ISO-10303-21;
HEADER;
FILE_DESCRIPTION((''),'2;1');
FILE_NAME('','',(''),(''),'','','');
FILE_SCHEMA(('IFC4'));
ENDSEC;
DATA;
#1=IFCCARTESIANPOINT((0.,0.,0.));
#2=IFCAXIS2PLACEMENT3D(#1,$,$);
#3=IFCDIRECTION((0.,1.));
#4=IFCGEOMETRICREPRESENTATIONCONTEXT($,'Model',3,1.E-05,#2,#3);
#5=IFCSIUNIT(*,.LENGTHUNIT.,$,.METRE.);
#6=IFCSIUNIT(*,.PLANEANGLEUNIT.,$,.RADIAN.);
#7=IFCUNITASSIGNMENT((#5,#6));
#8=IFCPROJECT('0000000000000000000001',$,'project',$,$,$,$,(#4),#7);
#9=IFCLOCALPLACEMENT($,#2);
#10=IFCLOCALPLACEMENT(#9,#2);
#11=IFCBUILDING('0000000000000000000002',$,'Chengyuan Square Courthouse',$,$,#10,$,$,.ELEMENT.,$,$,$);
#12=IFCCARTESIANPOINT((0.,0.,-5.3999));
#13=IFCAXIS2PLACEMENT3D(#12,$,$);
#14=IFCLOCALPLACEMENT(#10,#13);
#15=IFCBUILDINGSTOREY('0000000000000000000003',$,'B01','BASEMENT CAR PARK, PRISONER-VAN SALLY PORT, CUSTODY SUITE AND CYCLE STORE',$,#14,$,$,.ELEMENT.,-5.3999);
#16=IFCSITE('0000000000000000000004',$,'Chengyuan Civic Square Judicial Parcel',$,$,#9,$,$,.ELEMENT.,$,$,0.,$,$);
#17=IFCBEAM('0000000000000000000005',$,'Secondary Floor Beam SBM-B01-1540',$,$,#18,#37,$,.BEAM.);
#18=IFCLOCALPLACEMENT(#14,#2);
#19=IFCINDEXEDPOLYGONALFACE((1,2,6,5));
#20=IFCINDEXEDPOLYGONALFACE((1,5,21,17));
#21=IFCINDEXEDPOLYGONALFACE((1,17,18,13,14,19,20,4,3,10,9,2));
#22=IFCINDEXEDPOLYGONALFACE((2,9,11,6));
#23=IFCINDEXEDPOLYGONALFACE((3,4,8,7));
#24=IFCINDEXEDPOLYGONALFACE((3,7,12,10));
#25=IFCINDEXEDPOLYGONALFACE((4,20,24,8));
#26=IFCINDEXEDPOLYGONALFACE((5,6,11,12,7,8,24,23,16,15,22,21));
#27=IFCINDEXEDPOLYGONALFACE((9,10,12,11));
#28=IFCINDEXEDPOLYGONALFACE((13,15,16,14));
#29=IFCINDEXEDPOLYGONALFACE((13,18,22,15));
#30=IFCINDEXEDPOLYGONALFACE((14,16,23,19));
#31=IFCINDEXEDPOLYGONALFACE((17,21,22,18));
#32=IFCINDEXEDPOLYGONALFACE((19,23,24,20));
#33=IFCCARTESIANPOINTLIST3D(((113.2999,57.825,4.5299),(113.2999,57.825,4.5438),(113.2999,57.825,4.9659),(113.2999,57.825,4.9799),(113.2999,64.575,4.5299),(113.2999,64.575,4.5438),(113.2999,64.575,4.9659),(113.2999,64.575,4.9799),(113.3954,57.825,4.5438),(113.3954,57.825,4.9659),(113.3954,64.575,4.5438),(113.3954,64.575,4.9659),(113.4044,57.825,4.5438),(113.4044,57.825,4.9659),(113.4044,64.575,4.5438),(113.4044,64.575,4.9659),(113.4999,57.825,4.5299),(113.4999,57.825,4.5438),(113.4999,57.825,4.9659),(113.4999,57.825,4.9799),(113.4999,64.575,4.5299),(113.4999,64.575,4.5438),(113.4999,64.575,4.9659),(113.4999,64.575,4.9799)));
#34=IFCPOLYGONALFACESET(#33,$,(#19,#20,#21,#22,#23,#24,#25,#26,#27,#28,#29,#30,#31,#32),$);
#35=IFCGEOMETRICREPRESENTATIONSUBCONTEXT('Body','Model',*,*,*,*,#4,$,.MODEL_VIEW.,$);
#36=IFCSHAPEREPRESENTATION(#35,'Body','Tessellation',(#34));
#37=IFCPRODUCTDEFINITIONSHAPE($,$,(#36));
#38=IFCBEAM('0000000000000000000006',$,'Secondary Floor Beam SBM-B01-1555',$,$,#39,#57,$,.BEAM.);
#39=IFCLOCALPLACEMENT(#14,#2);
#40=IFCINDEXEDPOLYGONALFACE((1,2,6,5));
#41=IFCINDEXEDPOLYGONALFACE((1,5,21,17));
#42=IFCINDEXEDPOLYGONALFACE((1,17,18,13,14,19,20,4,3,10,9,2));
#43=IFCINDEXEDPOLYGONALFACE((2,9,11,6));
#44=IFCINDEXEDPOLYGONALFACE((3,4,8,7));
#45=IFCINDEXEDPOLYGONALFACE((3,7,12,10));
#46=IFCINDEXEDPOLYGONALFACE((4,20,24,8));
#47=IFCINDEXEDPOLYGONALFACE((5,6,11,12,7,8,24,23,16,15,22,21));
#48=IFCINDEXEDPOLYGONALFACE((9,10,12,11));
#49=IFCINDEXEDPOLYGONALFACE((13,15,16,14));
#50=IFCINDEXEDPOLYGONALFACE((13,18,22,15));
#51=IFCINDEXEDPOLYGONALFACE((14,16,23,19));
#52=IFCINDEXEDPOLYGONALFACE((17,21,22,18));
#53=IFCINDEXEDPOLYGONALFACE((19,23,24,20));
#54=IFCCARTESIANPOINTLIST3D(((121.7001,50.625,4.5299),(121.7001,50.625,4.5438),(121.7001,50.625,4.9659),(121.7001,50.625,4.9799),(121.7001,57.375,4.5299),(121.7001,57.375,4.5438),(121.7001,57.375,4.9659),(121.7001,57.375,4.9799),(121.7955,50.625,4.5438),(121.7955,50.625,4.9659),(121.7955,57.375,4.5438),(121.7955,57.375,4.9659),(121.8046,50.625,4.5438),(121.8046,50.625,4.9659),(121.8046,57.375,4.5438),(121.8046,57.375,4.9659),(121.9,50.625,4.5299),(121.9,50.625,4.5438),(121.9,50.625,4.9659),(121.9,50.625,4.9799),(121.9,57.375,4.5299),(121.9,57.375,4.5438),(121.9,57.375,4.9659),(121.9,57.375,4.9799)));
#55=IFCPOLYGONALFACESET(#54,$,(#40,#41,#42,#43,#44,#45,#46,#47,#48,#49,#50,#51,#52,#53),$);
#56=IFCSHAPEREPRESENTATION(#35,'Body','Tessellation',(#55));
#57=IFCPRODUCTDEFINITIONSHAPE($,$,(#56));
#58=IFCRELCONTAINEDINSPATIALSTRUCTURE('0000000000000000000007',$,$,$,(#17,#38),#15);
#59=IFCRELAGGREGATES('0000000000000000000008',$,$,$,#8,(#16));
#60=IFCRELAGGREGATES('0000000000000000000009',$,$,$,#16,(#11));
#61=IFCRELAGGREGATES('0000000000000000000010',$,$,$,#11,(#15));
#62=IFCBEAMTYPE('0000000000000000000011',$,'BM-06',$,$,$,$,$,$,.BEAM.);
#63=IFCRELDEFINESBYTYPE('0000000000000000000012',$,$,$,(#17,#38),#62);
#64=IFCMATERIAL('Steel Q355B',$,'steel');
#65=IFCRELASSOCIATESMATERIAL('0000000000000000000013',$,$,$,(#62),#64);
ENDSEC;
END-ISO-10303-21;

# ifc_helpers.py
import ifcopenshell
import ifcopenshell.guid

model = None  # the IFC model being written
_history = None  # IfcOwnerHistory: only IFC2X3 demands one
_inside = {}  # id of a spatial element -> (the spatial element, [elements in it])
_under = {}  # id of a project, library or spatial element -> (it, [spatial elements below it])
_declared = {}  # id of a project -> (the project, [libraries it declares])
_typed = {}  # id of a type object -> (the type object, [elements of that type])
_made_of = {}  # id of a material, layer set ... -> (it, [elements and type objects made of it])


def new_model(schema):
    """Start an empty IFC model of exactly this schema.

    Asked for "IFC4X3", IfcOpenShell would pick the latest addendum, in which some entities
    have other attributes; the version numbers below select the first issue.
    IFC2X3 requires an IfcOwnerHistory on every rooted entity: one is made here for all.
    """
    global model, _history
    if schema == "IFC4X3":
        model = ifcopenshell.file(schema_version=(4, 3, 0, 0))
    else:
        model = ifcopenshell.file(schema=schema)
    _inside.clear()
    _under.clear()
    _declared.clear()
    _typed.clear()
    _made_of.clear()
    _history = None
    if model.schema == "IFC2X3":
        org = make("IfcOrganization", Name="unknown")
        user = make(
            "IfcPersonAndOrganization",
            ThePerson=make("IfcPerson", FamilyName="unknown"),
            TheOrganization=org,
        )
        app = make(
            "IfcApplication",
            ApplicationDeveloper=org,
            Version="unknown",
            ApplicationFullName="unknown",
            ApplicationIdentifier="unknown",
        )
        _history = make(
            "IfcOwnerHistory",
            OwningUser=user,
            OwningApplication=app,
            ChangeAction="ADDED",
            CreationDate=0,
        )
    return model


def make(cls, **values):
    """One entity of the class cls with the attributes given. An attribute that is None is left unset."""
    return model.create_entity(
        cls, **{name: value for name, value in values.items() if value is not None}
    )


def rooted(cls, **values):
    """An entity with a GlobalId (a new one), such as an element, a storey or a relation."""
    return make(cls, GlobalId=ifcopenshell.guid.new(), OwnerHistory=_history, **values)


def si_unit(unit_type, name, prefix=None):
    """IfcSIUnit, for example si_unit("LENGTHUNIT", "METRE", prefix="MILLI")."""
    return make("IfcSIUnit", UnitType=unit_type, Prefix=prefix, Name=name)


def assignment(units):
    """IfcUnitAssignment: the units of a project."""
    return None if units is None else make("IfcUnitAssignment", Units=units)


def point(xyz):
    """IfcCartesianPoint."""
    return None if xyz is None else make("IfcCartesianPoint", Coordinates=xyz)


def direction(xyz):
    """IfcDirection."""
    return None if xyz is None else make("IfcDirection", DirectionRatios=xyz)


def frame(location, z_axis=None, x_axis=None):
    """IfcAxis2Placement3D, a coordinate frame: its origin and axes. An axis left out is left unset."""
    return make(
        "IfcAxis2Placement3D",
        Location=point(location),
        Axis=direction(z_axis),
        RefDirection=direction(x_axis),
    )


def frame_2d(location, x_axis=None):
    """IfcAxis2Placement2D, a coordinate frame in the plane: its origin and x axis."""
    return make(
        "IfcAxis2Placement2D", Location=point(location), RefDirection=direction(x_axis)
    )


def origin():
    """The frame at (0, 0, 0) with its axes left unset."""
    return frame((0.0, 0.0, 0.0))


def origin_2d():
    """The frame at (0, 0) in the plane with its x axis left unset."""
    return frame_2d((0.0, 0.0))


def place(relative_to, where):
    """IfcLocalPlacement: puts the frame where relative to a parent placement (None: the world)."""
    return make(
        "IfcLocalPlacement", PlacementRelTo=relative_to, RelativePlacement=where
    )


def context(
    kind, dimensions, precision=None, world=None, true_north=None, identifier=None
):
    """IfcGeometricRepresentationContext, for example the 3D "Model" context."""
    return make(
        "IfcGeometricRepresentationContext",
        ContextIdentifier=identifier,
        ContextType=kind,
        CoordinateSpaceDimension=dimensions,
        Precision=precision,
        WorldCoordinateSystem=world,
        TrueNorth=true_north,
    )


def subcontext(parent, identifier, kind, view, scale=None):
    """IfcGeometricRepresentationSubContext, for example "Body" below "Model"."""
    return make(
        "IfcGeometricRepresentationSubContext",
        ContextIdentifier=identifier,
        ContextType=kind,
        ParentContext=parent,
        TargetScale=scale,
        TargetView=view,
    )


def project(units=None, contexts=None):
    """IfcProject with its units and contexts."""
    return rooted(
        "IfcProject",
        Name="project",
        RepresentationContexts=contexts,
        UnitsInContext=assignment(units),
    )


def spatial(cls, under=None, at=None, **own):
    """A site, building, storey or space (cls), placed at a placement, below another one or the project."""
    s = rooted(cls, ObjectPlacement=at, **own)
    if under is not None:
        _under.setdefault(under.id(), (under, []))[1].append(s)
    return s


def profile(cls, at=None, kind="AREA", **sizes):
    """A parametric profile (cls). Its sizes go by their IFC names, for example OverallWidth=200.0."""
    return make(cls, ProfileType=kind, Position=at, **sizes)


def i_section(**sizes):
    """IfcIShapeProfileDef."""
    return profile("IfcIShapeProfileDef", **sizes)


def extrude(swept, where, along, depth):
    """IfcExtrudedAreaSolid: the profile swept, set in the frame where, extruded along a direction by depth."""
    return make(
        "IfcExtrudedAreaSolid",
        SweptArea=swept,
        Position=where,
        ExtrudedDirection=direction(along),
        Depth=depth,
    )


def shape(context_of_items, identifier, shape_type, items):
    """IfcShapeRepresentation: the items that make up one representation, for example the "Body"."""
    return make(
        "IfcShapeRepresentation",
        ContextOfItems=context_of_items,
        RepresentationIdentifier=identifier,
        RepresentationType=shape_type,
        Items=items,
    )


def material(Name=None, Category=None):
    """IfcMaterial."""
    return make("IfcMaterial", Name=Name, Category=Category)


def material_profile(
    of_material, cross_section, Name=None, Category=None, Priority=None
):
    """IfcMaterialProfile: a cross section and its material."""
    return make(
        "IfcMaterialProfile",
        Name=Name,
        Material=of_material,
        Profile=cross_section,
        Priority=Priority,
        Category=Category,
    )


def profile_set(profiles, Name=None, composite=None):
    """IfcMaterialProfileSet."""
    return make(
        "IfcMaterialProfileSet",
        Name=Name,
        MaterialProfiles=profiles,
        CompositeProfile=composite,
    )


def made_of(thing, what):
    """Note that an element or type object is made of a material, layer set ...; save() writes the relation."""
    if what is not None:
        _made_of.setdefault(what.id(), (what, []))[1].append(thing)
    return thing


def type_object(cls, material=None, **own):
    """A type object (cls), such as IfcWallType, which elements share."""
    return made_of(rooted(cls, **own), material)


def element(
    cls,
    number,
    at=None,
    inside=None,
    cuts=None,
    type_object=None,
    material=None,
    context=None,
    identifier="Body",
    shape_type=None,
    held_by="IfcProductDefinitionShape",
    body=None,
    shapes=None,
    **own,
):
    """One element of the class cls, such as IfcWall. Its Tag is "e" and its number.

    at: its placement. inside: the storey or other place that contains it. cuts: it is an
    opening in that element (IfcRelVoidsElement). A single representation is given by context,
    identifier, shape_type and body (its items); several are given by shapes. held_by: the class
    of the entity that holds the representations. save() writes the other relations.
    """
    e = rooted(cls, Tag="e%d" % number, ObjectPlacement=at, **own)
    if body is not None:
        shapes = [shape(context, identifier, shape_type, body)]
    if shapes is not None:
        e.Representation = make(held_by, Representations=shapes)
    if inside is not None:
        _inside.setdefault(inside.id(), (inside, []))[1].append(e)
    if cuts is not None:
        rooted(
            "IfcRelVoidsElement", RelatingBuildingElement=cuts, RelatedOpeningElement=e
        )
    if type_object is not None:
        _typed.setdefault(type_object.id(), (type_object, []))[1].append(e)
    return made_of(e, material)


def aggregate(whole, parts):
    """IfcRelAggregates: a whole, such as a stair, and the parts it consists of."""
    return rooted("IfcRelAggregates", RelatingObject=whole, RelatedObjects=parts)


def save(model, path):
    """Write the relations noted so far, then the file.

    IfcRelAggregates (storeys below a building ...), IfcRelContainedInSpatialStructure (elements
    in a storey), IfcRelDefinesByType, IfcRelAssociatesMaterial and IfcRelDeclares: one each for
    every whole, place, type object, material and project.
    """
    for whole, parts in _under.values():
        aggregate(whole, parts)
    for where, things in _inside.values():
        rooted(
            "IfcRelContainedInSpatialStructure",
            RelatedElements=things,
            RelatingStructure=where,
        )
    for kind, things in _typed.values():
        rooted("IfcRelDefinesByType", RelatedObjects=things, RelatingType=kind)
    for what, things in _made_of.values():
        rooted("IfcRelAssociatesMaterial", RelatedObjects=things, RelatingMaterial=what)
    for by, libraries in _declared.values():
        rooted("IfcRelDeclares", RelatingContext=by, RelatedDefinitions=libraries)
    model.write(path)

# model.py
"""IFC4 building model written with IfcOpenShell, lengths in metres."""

from ifc_helpers import new_model, si_unit, direction, frame, origin, origin_2d, place, context, subcontext, project, spatial, i_section, extrude, material, material_profile, profile_set, type_object, element, save


model = new_model("IFC4")

# Units and contexts
model_context = context("Model", 3, precision=1e-05, world=origin(), true_north=direction((0.0, 1.0)))
body_context = subcontext(model_context, "Body", "Model", "MODEL_VIEW")
ifc_project = project(units=[si_unit("LENGTHUNIT", "METRE"), si_unit("PLANEANGLEUNIT", "RADIAN")], contexts=[model_context])

# Site, building, storey
site_placement = place(None, origin())
site = spatial("IfcSite", under=ifc_project, at=site_placement, Name="Chengyuan Civic Square Judicial Parcel", CompositionType="ELEMENT", RefElevation=0.0)
building_placement = place(site_placement, origin())
building = spatial("IfcBuilding", under=site, at=building_placement, Name="Chengyuan Square Courthouse", CompositionType="ELEMENT")
storey_placement = place(building_placement, frame((0.0, 0.0, -5.3999)))
storey = spatial("IfcBuildingStorey", under=building, at=storey_placement, Name="B01", Description="BASEMENT CAR PARK, PRISONER-VAN SALLY PORT, CUSTODY SUITE AND CYCLE STORE", CompositionType="ELEMENT", Elevation=-5.3999)

# Beams
ifc_material_1 = material(Name="Steel Q355B", Category="steel")
ifc_material_profile_1 = material_profile(ifc_material_1, i_section(OverallWidth=0.2, OverallDepth=0.45, WebThickness=0.009, FlangeThickness=0.0139, at=origin_2d()), Name="HN 450x200x9x14")
ifc_profile_set_1 = profile_set([ifc_material_profile_1], Name="Steel Q355B")
beam_type_1 = type_object("IfcBeamType", Name="BM-06", PredefinedType="BEAM", material=ifc_profile_set_1)
for number, where, z_axis, x_axis, name in (
    (1, (113.3999, 57.825, 4.7549), (0.0, 1.0, 0.0), (-1.0, 0.0, 0.0), "Secondary Floor Beam SBM-B01-1540"),
    (2, (121.8, 50.625, 4.7549), (0.0, 1.0, 0.0), (-1.0, 0.0, 0.0), "Secondary Floor Beam SBM-B01-1555"),
):
    element("IfcBeam", number, at=place(storey_placement, frame(where, z_axis=z_axis, x_axis=x_axis)), inside=storey, type_object=beam_type_1, Name=name, PredefinedType="BEAM", context=body_context, shape_type="SweptSolid", body=[
        extrude(i_section(OverallWidth=0.2, OverallDepth=0.45, WebThickness=0.009, FlangeThickness=0.0139, at=origin_2d()), origin(), (0.0, 0.0, 1.0), 6.75),
    ])

save(model, "model.ifc")
